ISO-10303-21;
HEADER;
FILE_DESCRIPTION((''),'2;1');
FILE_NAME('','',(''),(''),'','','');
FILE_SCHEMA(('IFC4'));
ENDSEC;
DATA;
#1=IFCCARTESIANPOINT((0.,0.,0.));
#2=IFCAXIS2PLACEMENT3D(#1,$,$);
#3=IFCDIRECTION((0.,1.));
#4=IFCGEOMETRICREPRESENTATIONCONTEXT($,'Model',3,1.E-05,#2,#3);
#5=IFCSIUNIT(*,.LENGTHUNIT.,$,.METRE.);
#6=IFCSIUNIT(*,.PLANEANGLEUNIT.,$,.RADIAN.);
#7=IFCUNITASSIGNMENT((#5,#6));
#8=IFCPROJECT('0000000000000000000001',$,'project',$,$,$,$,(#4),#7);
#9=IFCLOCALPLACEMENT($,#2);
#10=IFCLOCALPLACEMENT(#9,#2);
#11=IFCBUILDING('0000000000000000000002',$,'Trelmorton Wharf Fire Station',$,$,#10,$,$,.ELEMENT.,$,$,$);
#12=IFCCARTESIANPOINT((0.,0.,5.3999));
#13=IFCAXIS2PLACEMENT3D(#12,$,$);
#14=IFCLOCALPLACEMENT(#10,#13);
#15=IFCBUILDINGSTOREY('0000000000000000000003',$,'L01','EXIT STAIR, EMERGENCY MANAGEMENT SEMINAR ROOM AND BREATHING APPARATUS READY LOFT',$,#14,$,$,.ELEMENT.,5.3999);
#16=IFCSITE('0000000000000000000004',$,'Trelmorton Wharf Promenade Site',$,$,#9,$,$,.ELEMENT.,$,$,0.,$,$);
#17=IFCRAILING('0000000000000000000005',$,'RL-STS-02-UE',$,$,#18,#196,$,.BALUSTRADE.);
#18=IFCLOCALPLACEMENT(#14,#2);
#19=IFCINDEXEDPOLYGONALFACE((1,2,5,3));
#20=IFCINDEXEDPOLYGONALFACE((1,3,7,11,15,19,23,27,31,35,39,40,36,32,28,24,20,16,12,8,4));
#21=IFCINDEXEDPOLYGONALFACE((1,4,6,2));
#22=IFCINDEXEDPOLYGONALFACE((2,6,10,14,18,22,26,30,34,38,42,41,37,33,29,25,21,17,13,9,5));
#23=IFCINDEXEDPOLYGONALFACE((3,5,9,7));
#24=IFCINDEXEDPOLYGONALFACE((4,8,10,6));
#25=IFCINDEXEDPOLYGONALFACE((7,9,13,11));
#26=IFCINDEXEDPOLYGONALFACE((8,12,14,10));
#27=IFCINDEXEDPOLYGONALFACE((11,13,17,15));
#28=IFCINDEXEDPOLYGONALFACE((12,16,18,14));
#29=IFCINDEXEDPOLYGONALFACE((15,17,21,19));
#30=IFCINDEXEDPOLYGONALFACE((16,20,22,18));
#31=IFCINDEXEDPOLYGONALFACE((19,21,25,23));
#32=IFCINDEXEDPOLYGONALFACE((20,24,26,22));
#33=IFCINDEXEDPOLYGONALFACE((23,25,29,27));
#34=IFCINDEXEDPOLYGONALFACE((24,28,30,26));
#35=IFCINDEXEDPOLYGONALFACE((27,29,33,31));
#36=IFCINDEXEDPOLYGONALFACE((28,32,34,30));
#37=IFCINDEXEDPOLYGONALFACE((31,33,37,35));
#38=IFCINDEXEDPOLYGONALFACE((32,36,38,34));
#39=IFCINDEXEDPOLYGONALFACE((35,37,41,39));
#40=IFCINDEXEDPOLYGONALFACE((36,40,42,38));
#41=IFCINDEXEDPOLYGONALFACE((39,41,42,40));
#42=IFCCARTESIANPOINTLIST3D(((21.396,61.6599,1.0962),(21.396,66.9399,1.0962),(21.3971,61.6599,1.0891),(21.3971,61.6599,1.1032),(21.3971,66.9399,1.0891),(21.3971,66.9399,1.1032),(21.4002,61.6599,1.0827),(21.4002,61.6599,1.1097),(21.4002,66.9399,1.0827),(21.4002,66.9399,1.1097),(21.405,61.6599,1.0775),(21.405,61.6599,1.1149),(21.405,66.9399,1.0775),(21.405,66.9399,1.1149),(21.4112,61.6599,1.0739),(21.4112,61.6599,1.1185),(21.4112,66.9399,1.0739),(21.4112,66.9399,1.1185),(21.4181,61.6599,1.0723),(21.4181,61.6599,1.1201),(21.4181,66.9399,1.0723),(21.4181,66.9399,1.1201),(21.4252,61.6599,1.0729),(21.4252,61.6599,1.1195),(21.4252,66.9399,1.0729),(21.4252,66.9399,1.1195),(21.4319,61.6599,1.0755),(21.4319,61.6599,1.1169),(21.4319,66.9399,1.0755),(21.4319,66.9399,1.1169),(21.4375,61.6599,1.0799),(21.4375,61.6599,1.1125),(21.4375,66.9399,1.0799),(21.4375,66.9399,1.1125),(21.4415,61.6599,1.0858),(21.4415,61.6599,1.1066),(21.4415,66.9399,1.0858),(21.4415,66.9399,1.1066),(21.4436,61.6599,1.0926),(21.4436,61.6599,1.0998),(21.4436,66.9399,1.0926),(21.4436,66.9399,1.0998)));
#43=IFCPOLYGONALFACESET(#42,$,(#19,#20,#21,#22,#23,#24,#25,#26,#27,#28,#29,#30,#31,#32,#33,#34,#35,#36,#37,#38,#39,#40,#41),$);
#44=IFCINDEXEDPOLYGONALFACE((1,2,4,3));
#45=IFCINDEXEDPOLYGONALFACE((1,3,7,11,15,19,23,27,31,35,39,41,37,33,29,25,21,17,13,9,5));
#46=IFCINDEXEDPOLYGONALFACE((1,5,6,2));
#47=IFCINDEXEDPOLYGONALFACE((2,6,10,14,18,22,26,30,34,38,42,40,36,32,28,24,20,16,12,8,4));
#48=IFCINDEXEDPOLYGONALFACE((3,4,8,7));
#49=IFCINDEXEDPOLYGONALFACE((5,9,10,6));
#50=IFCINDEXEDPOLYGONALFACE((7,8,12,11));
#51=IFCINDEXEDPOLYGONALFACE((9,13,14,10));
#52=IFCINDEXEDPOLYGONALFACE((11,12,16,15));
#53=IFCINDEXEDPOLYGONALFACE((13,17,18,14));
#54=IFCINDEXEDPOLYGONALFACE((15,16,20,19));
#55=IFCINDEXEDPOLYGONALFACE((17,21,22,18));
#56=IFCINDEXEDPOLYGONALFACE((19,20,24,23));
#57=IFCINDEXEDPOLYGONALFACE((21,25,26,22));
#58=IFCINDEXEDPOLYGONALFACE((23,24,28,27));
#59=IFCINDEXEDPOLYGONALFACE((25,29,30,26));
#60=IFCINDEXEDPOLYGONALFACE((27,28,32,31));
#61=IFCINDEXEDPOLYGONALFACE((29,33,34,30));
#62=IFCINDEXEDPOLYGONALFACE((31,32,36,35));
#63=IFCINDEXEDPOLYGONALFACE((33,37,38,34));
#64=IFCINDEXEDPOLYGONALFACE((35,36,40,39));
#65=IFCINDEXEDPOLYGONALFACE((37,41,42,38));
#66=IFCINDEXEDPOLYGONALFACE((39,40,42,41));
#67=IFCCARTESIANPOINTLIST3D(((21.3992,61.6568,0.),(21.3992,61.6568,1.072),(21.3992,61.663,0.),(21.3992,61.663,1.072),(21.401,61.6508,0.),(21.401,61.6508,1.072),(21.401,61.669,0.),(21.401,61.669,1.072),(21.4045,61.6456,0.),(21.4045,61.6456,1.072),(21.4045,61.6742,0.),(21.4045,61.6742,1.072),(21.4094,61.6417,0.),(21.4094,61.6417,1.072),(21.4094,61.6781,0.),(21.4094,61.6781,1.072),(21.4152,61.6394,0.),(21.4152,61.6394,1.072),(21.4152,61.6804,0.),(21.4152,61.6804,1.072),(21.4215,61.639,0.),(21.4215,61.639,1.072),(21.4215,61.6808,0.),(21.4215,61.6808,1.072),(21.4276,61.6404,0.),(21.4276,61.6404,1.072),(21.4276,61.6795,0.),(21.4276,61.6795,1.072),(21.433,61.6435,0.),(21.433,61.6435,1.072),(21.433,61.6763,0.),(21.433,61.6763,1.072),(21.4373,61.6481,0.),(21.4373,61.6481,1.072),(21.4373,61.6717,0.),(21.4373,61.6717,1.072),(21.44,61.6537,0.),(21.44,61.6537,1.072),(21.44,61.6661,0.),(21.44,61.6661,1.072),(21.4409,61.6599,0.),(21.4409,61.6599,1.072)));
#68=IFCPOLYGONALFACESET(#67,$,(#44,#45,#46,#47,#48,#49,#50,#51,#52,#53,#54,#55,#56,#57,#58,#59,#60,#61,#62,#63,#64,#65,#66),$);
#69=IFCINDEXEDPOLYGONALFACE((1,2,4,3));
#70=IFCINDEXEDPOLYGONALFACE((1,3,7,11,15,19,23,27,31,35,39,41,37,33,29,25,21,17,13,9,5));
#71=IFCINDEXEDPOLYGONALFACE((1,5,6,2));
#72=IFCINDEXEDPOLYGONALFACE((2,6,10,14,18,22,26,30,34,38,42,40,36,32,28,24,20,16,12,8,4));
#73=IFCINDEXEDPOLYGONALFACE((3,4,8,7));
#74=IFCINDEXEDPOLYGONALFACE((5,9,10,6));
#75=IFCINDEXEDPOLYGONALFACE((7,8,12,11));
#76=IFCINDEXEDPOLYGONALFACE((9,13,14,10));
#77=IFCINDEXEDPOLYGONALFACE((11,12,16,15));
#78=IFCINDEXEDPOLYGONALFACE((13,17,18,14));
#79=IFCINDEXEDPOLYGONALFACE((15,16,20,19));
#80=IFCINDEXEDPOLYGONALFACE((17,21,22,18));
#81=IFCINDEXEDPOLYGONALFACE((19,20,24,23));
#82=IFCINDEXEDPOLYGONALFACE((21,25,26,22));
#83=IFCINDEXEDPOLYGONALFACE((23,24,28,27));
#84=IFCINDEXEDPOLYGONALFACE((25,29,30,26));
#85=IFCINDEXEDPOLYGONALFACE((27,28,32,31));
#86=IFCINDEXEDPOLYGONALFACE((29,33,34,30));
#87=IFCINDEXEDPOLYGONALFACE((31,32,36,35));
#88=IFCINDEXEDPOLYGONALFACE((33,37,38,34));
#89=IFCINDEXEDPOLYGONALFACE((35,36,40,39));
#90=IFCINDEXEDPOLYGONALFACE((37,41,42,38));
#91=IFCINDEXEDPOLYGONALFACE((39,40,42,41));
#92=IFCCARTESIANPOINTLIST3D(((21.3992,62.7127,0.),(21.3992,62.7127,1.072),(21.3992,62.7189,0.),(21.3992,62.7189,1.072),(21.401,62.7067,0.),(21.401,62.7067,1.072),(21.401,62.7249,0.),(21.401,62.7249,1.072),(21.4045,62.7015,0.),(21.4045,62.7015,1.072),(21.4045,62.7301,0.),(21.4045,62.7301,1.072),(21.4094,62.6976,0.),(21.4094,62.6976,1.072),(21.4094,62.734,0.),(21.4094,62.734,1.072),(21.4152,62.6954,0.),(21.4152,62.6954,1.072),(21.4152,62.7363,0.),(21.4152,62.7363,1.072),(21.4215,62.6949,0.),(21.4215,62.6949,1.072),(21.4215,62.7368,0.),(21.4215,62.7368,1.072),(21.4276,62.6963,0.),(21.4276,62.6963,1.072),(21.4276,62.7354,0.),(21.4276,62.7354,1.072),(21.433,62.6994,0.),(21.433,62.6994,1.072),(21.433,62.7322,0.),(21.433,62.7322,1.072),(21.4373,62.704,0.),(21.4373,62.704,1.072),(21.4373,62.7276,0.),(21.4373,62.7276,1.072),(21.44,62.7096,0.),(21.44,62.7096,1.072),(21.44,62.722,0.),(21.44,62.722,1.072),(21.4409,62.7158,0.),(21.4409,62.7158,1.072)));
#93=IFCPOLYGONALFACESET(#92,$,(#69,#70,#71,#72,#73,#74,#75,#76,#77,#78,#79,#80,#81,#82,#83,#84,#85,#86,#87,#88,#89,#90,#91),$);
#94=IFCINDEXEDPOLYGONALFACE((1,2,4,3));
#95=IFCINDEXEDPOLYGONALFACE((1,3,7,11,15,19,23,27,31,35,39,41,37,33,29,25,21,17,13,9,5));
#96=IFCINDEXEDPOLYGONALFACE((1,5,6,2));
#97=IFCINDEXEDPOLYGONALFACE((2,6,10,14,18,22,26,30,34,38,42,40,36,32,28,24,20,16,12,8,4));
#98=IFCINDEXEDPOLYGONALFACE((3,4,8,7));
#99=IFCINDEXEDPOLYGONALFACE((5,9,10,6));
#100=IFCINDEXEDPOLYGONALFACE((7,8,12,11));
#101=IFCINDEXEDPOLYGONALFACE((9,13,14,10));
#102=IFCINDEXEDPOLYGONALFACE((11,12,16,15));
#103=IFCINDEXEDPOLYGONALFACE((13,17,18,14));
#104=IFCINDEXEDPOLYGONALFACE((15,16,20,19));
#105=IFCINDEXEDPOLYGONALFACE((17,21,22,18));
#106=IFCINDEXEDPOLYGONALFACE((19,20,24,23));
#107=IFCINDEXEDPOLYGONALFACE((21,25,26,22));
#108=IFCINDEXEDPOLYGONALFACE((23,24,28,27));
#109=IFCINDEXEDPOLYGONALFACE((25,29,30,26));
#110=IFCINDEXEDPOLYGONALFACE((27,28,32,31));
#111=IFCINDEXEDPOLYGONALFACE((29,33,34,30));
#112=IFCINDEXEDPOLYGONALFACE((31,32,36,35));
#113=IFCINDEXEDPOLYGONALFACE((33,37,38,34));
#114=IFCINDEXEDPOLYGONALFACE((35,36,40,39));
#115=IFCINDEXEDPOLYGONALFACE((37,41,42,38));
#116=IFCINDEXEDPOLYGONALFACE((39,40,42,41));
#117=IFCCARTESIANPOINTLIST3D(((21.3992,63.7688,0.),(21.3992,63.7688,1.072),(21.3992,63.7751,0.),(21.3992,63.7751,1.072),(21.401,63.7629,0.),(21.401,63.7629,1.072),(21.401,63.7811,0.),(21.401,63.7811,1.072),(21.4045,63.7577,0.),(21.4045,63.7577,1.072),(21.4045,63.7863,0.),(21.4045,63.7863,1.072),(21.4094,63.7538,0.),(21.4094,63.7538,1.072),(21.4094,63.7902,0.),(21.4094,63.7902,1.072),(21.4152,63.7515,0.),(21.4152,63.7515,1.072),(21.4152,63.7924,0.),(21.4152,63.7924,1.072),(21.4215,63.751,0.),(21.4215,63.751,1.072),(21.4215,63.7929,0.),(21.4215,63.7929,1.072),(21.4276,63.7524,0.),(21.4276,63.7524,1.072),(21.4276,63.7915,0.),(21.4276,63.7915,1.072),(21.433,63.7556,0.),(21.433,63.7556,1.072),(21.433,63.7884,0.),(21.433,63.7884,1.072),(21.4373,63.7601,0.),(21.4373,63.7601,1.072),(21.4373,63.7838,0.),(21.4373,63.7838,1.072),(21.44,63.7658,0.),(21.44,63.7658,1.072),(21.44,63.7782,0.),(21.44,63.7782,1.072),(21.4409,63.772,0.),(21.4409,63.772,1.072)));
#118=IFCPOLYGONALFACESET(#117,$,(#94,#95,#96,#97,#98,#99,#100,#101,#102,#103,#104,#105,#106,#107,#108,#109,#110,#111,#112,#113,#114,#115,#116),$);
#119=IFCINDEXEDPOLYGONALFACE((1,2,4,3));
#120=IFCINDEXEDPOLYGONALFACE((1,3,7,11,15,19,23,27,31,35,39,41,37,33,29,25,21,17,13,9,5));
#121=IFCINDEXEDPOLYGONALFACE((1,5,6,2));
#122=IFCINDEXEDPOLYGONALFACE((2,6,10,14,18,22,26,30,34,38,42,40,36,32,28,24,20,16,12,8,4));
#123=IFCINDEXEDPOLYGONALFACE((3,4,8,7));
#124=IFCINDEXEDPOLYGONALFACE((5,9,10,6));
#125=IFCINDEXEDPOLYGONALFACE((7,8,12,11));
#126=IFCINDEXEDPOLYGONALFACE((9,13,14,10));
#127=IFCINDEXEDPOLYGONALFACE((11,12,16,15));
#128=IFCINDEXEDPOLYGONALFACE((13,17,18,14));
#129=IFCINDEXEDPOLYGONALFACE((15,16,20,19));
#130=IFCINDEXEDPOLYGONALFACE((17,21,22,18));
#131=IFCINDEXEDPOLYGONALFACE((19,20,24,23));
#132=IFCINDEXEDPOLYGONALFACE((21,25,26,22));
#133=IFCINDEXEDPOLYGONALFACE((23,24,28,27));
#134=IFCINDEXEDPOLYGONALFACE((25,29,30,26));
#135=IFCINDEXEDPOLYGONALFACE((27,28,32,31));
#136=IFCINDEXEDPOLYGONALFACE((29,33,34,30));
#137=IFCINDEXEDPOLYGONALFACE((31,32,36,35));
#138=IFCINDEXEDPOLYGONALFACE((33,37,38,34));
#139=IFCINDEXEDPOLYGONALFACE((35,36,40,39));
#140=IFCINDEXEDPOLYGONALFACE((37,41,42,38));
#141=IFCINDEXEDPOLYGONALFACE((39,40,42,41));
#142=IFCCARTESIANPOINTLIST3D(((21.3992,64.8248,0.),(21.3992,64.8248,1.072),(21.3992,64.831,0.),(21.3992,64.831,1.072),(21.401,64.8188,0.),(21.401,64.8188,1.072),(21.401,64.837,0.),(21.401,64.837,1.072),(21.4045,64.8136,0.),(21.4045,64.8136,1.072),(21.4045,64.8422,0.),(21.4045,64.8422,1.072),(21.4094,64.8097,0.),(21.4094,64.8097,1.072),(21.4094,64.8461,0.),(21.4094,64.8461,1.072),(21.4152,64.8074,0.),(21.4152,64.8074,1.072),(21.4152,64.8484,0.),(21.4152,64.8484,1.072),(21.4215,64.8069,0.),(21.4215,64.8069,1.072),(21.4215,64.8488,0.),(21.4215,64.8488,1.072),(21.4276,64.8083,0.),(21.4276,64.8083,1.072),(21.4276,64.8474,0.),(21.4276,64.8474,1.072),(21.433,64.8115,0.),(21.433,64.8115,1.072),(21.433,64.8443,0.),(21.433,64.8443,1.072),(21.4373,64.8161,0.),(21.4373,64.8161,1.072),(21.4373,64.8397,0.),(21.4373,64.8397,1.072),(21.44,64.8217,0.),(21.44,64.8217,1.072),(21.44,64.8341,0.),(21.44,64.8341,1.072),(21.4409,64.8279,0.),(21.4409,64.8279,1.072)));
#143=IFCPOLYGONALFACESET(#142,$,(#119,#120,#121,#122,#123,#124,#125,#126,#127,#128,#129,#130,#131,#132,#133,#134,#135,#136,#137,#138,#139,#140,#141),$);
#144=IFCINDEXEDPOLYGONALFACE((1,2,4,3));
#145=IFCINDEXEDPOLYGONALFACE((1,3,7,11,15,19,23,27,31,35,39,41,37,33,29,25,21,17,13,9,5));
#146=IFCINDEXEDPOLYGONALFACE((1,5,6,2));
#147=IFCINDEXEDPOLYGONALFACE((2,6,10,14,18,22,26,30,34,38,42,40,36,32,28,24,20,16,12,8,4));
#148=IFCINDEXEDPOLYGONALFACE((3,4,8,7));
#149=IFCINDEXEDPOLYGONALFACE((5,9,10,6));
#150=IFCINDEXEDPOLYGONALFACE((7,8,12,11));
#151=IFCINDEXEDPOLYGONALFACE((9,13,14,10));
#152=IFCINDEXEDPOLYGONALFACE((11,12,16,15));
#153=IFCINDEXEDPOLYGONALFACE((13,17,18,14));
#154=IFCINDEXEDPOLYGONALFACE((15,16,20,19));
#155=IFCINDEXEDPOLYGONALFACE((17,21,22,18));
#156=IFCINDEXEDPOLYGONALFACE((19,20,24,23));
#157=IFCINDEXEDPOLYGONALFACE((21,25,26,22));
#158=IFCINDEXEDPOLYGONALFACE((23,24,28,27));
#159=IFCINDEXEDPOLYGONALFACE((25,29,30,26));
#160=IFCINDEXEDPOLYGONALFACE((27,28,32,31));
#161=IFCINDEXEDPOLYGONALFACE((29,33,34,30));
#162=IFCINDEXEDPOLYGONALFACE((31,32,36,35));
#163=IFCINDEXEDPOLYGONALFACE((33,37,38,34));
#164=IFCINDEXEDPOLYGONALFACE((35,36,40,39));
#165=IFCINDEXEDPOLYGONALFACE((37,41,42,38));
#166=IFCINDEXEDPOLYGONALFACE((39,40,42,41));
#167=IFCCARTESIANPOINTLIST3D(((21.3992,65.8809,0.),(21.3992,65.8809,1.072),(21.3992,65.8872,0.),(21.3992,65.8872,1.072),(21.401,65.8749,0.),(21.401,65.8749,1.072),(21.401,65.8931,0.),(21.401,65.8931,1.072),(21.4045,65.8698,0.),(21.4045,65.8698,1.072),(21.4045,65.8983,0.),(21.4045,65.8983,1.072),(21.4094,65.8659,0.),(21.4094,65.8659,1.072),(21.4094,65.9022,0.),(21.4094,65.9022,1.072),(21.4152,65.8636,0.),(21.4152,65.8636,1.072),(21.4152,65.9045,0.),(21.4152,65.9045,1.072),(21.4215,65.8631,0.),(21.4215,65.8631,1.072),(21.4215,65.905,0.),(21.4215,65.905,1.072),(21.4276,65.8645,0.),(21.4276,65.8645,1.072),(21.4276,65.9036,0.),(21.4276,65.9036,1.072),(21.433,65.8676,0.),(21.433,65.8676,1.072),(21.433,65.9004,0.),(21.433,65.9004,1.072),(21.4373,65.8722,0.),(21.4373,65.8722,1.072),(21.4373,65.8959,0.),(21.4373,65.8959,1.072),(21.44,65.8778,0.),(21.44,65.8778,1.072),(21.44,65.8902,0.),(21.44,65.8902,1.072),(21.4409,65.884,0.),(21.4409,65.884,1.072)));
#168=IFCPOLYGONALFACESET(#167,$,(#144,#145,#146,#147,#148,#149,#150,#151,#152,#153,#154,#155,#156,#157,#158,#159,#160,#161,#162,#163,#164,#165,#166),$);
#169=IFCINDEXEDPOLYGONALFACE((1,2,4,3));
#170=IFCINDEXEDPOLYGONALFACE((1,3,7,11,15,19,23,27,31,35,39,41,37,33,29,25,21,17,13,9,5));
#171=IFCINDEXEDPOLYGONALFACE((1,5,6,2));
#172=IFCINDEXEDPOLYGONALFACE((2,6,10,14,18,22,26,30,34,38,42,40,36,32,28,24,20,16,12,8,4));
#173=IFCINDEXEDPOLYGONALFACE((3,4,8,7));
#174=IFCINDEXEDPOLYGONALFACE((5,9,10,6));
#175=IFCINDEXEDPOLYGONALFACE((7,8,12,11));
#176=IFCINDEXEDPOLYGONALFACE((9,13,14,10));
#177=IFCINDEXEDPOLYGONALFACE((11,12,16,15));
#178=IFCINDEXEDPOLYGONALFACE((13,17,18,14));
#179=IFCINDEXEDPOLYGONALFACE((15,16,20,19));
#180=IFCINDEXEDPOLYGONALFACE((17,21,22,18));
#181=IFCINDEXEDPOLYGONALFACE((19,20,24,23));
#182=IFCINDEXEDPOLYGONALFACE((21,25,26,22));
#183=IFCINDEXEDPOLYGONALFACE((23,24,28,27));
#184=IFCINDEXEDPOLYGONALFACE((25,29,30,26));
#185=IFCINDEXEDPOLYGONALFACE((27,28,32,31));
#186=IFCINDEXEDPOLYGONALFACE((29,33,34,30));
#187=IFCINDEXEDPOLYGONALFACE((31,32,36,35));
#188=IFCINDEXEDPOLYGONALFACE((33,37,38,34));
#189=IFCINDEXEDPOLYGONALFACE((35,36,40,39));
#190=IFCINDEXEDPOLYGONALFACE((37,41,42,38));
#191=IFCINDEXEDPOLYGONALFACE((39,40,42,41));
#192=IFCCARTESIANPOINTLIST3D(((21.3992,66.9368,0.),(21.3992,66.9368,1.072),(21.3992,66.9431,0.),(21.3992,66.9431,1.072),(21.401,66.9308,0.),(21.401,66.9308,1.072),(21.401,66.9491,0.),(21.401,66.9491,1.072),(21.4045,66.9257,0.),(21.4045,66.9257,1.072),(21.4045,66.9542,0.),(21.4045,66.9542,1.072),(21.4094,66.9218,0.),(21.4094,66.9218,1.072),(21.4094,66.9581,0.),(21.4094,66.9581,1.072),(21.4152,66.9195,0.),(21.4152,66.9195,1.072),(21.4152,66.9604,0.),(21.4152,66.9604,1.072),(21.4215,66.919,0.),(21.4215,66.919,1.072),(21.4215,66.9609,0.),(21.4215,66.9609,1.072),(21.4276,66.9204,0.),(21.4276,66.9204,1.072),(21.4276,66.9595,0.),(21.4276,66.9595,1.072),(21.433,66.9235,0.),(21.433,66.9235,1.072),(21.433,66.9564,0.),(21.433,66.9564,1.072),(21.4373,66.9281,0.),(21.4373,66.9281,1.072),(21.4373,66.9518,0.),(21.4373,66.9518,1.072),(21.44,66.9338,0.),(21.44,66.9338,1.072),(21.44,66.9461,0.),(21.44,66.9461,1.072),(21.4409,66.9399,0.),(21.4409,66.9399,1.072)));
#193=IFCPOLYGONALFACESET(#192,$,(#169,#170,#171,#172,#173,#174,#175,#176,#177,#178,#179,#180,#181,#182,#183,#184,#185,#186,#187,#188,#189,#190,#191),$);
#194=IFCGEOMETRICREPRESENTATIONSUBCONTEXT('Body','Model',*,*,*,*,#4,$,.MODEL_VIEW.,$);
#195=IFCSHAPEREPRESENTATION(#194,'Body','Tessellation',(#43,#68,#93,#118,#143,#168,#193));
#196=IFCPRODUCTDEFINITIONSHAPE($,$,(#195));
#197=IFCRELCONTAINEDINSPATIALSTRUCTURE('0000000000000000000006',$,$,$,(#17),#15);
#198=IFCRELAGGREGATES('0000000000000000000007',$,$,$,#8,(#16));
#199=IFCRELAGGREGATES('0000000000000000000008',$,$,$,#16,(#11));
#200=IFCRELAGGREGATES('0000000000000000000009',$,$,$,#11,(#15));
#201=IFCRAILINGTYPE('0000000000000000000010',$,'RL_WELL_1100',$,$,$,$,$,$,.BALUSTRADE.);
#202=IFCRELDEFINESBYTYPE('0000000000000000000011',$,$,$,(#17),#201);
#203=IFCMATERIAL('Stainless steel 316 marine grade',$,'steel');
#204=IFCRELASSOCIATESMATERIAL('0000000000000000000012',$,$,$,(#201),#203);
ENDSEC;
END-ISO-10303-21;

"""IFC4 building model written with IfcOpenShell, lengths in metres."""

from ifc_helpers import new_model, si_unit, direction, frame, origin, origin_2d, place, context, subcontext, project, spatial, circle, extrude, material, type_object, element, save


model = new_model("IFC4")

# Units and contexts
model_context = context("Model", 3, precision=1e-05, world=origin(), true_north=direction((0.0, 1.0)))
body_context = subcontext(model_context, "Body", "Model", "MODEL_VIEW")
ifc_project = project(units=[si_unit("LENGTHUNIT", "METRE"), si_unit("PLANEANGLEUNIT", "RADIAN")], contexts=[model_context])

# Site, building, storey
site_placement = place(None, origin())
site = spatial("IfcSite", under=ifc_project, at=site_placement, Name="Trelmorton Wharf Promenade Site", CompositionType="ELEMENT", RefElevation=0.0)
building_placement = place(site_placement, origin())
building = spatial("IfcBuilding", under=site, at=building_placement, Name="Trelmorton Wharf Fire Station", CompositionType="ELEMENT")
storey_placement = place(building_placement, frame((0.0, 0.0, 5.3999)))
storey = spatial("IfcBuildingStorey", under=building, at=storey_placement, Name="L01", Description="EXIT STAIR, EMERGENCY MANAGEMENT SEMINAR ROOM AND BREATHING APPARATUS READY LOFT", CompositionType="ELEMENT", Elevation=5.3999)

# Railing
ifc_material_1 = material(Name="Stainless steel 316 marine grade", Category="steel")
railing_type = type_object("IfcRailingType", Name="RL_WELL_1100", PredefinedType="BALUSTRADE", material=ifc_material_1)
for number, where, name in (
    (1, (21.4199, 61.6599, 0.0), "RL-STS-02-UE"),
):
    element("IfcRailing", number, at=place(storey_placement, frame(where)), inside=storey, type_object=railing_type, Name=name, PredefinedType="BALUSTRADE", context=body_context, shape_type="SweptSolid", body=[
        extrude(circle(Radius=0.0239, at=origin_2d()), frame((0.0, 0.0, 1.0962), z_axis=(0.0, 1.0, 0.0), x_axis=(-1.0, 0.0, 0.0)), (0.0, 0.0, 1.0), 5.28),
        extrude(circle(Radius=0.021, at=origin_2d()), origin(), (0.0, 0.0, 1.0), 1.072),
        extrude(circle(Radius=0.021, at=origin_2d()), frame((0.0, 1.0559, 0.0)), (0.0, 0.0, 1.0), 1.072),
        extrude(circle(Radius=0.021, at=origin_2d()), frame((0.0, 2.1121, 0.0)), (0.0, 0.0, 1.0), 1.072),
        extrude(circle(Radius=0.021, at=origin_2d()), frame((0.0, 3.168, 0.0)), (0.0, 0.0, 1.0), 1.072),
        extrude(circle(Radius=0.021, at=origin_2d()), frame((0.0, 4.2241, 0.0)), (0.0, 0.0, 1.0), 1.072),
        extrude(circle(Radius=0.021, at=origin_2d()), frame((0.0, 5.28, 0.0)), (0.0, 0.0, 1.0), 1.072),
    ])

save(model, "model.ifc")
